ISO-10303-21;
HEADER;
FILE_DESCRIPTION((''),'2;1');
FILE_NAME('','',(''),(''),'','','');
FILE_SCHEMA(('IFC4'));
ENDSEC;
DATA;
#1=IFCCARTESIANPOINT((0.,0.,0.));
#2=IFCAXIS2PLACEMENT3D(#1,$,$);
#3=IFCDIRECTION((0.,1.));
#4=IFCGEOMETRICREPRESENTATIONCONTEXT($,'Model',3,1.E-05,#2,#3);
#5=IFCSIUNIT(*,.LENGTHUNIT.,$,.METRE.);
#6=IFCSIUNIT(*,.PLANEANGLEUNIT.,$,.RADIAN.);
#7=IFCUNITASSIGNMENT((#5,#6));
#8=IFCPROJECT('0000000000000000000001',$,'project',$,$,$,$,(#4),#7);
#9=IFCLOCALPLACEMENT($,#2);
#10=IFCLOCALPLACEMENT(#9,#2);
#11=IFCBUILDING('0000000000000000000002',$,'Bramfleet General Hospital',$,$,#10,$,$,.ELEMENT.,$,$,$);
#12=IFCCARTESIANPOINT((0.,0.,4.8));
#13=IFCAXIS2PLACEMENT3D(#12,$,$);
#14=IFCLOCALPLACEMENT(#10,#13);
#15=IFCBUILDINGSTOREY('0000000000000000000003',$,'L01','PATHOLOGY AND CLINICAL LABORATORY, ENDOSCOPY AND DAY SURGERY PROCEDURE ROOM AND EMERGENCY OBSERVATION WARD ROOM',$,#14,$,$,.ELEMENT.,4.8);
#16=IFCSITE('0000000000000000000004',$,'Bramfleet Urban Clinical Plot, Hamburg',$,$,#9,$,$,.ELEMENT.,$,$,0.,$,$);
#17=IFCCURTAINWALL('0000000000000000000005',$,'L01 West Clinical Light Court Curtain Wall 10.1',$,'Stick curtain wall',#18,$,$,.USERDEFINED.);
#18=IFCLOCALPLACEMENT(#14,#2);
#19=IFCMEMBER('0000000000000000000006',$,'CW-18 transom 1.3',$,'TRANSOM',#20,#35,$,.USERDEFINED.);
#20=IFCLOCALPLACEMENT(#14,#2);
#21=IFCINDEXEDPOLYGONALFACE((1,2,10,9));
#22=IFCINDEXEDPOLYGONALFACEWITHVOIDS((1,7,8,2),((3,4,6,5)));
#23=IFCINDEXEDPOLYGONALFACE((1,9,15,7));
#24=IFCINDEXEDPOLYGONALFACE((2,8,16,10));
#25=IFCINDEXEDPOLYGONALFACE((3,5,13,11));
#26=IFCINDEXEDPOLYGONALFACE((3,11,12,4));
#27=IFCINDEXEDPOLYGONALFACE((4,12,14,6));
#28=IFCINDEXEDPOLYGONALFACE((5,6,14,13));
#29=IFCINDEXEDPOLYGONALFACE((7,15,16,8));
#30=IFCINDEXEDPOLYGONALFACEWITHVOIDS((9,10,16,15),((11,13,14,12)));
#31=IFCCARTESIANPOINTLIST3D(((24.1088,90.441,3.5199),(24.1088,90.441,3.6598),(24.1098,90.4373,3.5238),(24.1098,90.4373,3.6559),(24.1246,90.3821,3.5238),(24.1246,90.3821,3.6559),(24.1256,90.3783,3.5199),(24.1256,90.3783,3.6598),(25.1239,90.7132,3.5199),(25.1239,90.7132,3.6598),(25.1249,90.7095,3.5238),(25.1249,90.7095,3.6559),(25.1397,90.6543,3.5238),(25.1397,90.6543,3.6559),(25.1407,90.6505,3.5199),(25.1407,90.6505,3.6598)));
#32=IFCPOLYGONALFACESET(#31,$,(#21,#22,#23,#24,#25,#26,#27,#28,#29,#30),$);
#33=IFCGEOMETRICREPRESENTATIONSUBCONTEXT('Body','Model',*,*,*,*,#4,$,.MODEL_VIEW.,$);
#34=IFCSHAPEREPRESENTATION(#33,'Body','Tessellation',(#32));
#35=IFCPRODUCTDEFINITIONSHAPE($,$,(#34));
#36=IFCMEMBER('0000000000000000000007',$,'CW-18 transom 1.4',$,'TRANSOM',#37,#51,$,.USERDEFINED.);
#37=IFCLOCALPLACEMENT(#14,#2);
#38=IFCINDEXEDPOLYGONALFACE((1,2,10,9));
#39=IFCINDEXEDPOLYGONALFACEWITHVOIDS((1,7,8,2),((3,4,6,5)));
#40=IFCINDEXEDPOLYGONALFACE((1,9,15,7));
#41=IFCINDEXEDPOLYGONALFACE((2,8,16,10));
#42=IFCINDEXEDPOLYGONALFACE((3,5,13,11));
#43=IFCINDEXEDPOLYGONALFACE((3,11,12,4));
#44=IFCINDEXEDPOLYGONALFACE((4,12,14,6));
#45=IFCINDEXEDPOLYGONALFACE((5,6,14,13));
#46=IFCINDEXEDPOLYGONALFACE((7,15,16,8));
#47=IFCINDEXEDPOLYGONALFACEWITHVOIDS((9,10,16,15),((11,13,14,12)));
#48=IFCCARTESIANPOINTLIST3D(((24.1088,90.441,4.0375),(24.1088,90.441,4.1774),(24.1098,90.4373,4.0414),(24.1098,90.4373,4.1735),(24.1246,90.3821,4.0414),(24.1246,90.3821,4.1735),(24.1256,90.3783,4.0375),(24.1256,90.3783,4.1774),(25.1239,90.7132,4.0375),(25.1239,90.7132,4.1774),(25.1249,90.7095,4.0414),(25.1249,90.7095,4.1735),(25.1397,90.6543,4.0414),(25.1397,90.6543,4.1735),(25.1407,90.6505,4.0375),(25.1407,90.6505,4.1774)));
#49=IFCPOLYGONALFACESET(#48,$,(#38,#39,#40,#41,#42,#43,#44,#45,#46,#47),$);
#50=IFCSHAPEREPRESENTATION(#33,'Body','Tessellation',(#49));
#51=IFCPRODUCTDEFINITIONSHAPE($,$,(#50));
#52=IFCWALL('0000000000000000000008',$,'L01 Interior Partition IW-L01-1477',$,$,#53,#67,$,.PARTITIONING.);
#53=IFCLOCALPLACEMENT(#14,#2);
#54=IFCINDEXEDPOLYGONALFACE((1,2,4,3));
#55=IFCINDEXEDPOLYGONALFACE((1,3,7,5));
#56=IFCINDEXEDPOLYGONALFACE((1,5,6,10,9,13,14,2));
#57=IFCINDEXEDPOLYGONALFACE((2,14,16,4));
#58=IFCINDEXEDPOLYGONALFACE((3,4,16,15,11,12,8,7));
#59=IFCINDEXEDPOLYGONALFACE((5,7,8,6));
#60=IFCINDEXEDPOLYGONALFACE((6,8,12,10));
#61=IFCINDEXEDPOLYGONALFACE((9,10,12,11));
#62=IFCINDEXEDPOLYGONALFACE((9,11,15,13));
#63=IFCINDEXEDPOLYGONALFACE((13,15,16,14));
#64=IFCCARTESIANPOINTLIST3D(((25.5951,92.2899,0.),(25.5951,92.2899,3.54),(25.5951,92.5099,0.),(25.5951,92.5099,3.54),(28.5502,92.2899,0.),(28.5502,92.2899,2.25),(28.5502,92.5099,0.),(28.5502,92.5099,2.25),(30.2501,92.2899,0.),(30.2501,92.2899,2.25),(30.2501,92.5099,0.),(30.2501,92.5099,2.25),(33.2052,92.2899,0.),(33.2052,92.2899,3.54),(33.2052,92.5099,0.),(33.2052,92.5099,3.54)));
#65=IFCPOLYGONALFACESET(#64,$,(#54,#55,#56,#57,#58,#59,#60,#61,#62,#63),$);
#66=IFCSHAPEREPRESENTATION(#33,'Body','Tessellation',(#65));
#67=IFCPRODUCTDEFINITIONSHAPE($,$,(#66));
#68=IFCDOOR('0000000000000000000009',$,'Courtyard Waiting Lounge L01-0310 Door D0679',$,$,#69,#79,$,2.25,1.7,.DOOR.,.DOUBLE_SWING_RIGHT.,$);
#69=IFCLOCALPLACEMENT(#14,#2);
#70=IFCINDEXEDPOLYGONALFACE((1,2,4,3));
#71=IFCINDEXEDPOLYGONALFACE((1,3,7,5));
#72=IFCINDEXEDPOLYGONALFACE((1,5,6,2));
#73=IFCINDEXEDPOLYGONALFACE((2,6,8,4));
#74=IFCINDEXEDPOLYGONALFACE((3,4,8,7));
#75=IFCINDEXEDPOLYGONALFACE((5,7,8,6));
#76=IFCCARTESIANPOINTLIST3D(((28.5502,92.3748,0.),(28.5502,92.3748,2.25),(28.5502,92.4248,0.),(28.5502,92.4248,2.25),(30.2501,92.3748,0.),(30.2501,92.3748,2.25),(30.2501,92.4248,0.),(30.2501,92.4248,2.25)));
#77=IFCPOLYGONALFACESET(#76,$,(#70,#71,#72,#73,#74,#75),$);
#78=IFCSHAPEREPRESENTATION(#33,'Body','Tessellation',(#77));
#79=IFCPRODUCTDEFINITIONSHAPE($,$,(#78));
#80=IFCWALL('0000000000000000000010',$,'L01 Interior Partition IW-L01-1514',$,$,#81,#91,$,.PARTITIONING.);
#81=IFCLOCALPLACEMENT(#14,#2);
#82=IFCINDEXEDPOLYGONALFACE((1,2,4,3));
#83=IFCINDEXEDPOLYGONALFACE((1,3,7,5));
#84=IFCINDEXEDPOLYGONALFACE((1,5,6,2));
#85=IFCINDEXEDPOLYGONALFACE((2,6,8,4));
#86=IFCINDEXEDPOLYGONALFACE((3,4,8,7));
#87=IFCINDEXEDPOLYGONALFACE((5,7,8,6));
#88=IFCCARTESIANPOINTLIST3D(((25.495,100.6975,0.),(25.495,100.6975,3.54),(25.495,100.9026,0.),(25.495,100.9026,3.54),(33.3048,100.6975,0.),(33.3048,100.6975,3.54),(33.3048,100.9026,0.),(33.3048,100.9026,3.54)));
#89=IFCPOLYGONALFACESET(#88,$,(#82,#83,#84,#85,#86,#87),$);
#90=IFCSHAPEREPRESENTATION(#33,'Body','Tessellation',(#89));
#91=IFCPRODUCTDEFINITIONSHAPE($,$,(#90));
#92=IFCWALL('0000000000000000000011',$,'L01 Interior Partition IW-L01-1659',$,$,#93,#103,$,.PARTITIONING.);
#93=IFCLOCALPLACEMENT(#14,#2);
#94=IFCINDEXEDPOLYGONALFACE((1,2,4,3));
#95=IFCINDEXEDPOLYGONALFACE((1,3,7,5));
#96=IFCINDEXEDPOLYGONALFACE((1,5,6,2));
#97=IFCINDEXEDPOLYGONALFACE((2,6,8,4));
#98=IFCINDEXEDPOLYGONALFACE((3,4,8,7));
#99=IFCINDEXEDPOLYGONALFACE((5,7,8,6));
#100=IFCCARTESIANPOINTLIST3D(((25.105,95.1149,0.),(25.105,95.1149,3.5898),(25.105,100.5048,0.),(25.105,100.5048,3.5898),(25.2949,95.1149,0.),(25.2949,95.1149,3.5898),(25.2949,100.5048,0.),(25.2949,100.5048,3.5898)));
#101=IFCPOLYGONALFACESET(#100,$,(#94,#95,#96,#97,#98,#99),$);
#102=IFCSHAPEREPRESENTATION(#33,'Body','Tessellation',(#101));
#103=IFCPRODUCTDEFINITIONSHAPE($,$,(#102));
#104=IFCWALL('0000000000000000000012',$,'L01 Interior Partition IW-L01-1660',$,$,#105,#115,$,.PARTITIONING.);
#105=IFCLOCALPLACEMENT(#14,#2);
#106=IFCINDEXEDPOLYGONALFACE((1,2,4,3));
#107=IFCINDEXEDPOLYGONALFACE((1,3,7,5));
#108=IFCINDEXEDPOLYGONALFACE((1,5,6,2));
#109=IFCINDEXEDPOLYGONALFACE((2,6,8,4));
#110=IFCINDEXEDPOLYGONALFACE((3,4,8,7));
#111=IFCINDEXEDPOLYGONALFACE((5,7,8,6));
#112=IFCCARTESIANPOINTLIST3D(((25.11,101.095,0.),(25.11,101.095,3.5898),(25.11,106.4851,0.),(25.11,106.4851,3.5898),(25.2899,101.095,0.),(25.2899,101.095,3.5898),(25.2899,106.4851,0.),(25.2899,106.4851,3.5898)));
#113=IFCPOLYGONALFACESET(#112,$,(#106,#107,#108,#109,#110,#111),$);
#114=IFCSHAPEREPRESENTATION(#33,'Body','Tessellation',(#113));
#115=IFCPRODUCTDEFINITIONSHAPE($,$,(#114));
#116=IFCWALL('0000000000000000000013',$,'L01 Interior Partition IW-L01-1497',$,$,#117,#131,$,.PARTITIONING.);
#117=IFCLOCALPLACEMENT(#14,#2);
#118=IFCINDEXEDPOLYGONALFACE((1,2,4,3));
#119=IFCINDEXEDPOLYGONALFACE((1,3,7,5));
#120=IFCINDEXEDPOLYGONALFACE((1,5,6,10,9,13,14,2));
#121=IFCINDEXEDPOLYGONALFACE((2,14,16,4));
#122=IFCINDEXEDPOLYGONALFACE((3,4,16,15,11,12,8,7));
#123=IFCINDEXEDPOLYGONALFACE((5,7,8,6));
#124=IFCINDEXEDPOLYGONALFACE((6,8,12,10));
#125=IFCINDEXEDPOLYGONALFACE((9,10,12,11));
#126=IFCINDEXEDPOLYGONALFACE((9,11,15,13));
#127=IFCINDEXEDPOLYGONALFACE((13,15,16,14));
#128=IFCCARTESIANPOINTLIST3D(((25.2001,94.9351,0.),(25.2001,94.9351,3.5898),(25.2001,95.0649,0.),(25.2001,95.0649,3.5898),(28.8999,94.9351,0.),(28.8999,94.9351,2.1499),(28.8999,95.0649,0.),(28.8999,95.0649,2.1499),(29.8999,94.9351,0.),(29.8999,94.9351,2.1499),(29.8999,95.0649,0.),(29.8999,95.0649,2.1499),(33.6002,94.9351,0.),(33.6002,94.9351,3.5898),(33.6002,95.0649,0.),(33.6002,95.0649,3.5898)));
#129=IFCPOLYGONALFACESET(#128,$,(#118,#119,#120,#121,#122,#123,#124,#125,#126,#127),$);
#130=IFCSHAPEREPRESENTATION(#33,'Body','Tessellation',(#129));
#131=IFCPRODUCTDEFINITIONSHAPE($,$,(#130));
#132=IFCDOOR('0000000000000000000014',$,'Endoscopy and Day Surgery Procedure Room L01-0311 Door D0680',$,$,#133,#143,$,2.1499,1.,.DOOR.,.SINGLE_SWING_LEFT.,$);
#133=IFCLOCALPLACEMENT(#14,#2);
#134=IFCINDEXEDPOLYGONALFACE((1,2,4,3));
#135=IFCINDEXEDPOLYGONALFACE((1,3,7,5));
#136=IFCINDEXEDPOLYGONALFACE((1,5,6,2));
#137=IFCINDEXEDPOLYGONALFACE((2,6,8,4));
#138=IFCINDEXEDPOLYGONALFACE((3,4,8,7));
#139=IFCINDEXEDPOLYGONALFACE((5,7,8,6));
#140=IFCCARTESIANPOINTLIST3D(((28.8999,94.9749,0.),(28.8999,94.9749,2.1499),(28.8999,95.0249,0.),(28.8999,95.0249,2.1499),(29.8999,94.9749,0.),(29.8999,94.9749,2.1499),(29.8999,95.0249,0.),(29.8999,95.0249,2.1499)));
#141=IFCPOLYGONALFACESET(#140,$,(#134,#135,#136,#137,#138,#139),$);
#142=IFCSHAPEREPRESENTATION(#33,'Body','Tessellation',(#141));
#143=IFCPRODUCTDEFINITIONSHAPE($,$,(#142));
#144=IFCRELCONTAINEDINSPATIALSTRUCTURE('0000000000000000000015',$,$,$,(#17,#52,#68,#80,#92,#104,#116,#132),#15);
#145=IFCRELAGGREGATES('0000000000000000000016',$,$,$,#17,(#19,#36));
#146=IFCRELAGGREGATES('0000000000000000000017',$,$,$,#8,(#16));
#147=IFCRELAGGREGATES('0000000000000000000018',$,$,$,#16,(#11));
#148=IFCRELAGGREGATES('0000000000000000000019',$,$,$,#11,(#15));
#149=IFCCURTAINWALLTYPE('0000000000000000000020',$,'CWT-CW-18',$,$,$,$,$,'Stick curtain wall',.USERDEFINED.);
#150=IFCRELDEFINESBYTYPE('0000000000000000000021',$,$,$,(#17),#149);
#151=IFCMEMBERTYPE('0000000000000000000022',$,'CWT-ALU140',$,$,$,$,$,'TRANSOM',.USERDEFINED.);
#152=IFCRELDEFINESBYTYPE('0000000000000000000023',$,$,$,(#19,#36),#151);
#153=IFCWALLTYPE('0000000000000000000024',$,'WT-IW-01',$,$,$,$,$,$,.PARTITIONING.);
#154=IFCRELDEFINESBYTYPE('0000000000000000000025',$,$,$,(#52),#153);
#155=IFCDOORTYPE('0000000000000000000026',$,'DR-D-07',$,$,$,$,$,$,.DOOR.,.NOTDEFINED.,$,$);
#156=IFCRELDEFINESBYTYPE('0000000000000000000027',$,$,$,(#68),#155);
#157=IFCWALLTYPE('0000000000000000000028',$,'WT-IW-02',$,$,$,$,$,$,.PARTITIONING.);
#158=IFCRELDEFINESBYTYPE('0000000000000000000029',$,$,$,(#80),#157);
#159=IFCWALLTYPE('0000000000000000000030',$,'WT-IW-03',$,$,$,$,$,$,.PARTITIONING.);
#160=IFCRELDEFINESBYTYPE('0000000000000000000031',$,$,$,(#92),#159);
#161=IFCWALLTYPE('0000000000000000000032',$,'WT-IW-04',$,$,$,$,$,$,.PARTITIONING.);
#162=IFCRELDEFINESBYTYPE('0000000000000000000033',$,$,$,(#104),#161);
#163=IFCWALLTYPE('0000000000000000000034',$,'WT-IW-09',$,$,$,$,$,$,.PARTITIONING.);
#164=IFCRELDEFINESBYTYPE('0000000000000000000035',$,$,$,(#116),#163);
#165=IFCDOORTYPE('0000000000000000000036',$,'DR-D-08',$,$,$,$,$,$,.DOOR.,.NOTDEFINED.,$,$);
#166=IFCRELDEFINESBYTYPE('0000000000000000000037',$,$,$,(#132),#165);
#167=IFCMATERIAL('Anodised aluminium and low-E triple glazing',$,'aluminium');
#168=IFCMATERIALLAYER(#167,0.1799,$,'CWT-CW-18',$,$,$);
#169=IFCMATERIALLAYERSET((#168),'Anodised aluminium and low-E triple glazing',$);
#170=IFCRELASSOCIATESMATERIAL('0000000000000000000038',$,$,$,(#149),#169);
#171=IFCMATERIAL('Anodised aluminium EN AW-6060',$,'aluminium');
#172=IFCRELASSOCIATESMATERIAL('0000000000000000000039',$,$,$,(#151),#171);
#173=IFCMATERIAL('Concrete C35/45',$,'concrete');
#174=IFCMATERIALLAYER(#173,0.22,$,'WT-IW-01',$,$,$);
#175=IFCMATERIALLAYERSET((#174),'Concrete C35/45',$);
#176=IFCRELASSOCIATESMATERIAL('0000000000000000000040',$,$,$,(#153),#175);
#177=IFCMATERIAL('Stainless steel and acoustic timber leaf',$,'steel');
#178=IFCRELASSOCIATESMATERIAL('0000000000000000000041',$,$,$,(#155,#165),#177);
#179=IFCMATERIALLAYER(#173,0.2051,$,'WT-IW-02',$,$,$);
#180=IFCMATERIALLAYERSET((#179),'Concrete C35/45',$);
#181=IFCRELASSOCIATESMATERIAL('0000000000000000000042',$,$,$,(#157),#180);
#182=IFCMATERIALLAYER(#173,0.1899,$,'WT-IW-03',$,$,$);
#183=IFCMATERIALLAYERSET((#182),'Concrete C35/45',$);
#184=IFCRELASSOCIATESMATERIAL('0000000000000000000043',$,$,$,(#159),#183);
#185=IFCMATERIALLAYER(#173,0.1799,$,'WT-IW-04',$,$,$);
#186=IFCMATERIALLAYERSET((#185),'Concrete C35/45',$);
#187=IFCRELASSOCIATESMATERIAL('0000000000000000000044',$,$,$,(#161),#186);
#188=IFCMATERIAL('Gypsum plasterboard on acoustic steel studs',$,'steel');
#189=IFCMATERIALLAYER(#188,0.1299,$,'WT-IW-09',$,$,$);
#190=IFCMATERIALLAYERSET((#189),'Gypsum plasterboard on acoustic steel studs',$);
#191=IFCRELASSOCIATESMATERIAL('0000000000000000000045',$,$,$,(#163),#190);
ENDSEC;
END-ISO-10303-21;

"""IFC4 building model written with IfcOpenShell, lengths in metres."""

from ifc_helpers import new_model, si_unit, direction, frame, frame_2d, origin, origin_2d, place, context, subcontext, project, spatial, rectangle, hollow_rectangle, extrude, material, layer, layer_set, material_profile, profile_set, type_object, element, fill, aggregate, save


model = new_model("IFC4")

# Units and contexts
model_context = context("Model", 3, precision=1e-05, world=origin(), true_north=direction((0.0, 1.0)))
body_context = subcontext(model_context, "Body", "Model", "MODEL_VIEW")
ifc_project = project(units=[si_unit("LENGTHUNIT", "METRE"), si_unit("PLANEANGLEUNIT", "RADIAN")], contexts=[model_context])

# Site, building, storey
site_placement = place(None, origin())
site = spatial("IfcSite", under=ifc_project, at=site_placement, Name="Bramfleet Urban Clinical Plot, Hamburg", CompositionType="ELEMENT", RefElevation=0.0)
building_placement = place(site_placement, origin())
building = spatial("IfcBuilding", under=site, at=building_placement, Name="Bramfleet General Hospital", CompositionType="ELEMENT")
storey_placement = place(building_placement, frame((0.0, 0.0, 4.8)))
storey = spatial("IfcBuildingStorey", under=building, at=storey_placement, Name="L01", Description="PATHOLOGY AND CLINICAL LABORATORY, ENDOSCOPY AND DAY SURGERY PROCEDURE ROOM AND EMERGENCY OBSERVATION WARD ROOM", CompositionType="ELEMENT", Elevation=4.8)

# Shared definitions
ifc_material_1 = material(Name="Concrete C35/45", Category="concrete")

# Shared definitions
ifc_material_2 = material(Name="Anodised aluminium and low-E triple glazing", Category="aluminium")
ifc_material_3 = material(Name="Anodised aluminium EN AW-6060", Category="aluminium")

# Curtain wall, members
ifc_layer_1 = layer(ifc_material_2, 0.1799, Name="CWT-CW-18")
ifc_layer_set_1 = layer_set([ifc_layer_1], Name="Anodised aluminium and low-E triple glazing")
curtain_wall_type_1 = type_object("IfcCurtainWallType", Name="CWT-CW-18", ElementType="Stick curtain wall", PredefinedType="USERDEFINED", material=ifc_layer_set_1)
curtain_wall_1_placement = place(storey_placement, origin())
curtain_wall_1 = element("IfcCurtainWall", 1, at=curtain_wall_1_placement, inside=storey, type_object=curtain_wall_type_1, Name="L01 West Clinical Light Court Curtain Wall 10.1", ObjectType="Stick curtain wall", PredefinedType="USERDEFINED")
ifc_material_profile_1 = material_profile(ifc_material_3, hollow_rectangle(XDim=0.0649, YDim=0.1399, WallThickness=0.0039, at=origin_2d()), Name="ALU 140x65x4.0")
ifc_profile_set_1 = profile_set([ifc_material_profile_1], Name="Anodised aluminium EN AW-6060")
member_type_1 = type_object("IfcMemberType", Name="CWT-ALU140", ElementType="TRANSOM", PredefinedType="USERDEFINED", material=ifc_profile_set_1)
member_1_placement = place(storey_placement, frame((25.1323, 90.6819, 3.5898), z_axis=(-0.965875, -0.259007, 0.0), x_axis=(0.259007, -0.965875, 0.0)))
member_1 = element("IfcMember", 2, at=member_1_placement, type_object=member_type_1, Name="CW-18 transom 1.3", ObjectType="TRANSOM", PredefinedType="USERDEFINED", context=body_context, shape_type="SweptSolid", body=[
    extrude(hollow_rectangle(XDim=0.0649, YDim=0.1399, WallThickness=0.0039, at=origin_2d()), origin(), (0.0, 0.0, 1.0), 1.051),
])
member_2_placement = place(storey_placement, frame((25.1323, 90.6819, 4.1074), z_axis=(-0.965875, -0.259007, 0.0), x_axis=(0.259007, -0.965875, 0.0)))
member_2 = element("IfcMember", 3, at=member_2_placement, type_object=member_type_1, Name="CW-18 transom 1.4", ObjectType="TRANSOM", PredefinedType="USERDEFINED", context=body_context, shape_type="SweptSolid", body=[
    extrude(hollow_rectangle(XDim=0.0649, YDim=0.1399, WallThickness=0.0039, at=origin_2d()), origin(), (0.0, 0.0, 1.0), 1.051),
])
aggregate(curtain_wall_1, [member_1, member_2])

# Wall, opening, door
ifc_layer_2 = layer(ifc_material_1, 0.22, Name="WT-IW-01")
ifc_layer_set_2 = layer_set([ifc_layer_2], Name="Concrete C35/45")
wall_type_1 = type_object("IfcWallType", Name="WT-IW-01", PredefinedType="PARTITIONING", material=ifc_layer_set_2)
wall_1_placement = place(storey_placement, frame((25.595, 92.3999, 0.0), z_axis=(0.0, 0.0, 1.0), x_axis=(1.0, 0.0, 0.0)))
wall_1 = element("IfcWall", 4, at=wall_1_placement, inside=storey, type_object=wall_type_1, Name="L01 Interior Partition IW-L01-1477", PredefinedType="PARTITIONING", context=body_context, shape_type="SweptSolid", body=[
    extrude(rectangle(XDim=7.6101, YDim=0.22, at=frame_2d((3.8052, 0.0))), origin(), (0.0, 0.0, 1.0), 3.54),
])
opening_1_placement = place(wall_1_placement, frame((2.9551, 0.0, 0.0)))
opening_1 = element("IfcOpeningElement", 5, at=opening_1_placement, cuts=wall_1, PredefinedType="OPENING", context=body_context, shape_type="SweptSolid", body=[
    extrude(rectangle(XDim=1.7, YDim=2.25, at=frame_2d((0.8501, 1.125))), frame((0.0, 0.1199, 0.0), z_axis=(0.0, -1.0, 0.0), x_axis=(1.0, 0.0, 0.0)), (0.0, 0.0, 1.0), 0.24),
])
ifc_material_4 = material(Name="Stainless steel and acoustic timber leaf", Category="steel")
door_type_1 = type_object("IfcDoorType", Name="DR-D-07", OperationType="NOTDEFINED", PredefinedType="DOOR", material=ifc_material_4)
door_1_placement = place(opening_1_placement, origin())
door_1 = element("IfcDoor", 6, at=door_1_placement, inside=storey, type_object=door_type_1, Name="Courtyard Waiting Lounge L01-0310 Door D0679", OperationType="DOUBLE_SWING_RIGHT", OverallHeight=2.25, OverallWidth=1.7, PredefinedType="DOOR", context=body_context, shape_type="SweptSolid", body=[
    extrude(rectangle(XDim=1.7, YDim=2.25, at=frame_2d((0.8501, 1.125))), frame((0.0, 0.0249, 0.0), z_axis=(0.0, -1.0, 0.0), x_axis=(1.0, 0.0, 0.0)), (0.0, 0.0, 1.0), 0.05),
])
fill(opening_1, door_1)

# Walls
ifc_layer_3 = layer(ifc_material_1, 0.2051, Name="WT-IW-02")
ifc_layer_set_3 = layer_set([ifc_layer_3], Name="Concrete C35/45")
wall_type_2 = type_object("IfcWallType", Name="WT-IW-02", PredefinedType="PARTITIONING", material=ifc_layer_set_3)
wall_2_placement = place(storey_placement, frame((25.4951, 100.8, 0.0), z_axis=(0.0, 0.0, 1.0), x_axis=(1.0, 0.0, 0.0)))
element("IfcWall", 7, at=wall_2_placement, inside=storey, type_object=wall_type_2, Name="L01 Interior Partition IW-L01-1514", PredefinedType="PARTITIONING", context=body_context, shape_type="SweptSolid", body=[
    extrude(rectangle(XDim=7.8098, YDim=0.2051, at=frame_2d((3.9048, 0.0))), origin(), (0.0, 0.0, 1.0), 3.54),
])
ifc_layer_4 = layer(ifc_material_1, 0.1899, Name="WT-IW-03")
ifc_layer_set_4 = layer_set([ifc_layer_4], Name="Concrete C35/45")
wall_type_3 = type_object("IfcWallType", Name="WT-IW-03", PredefinedType="PARTITIONING", material=ifc_layer_set_4)
wall_3_placement = place(storey_placement, frame((25.2, 95.115, 0.0), z_axis=(0.0, 0.0, 1.0), x_axis=(0.0, 1.0, 0.0)))
element("IfcWall", 8, at=wall_3_placement, inside=storey, type_object=wall_type_3, Name="L01 Interior Partition IW-L01-1659", PredefinedType="PARTITIONING", context=body_context, shape_type="SweptSolid", body=[
    extrude(rectangle(XDim=5.3899, YDim=0.1899, at=frame_2d((2.6948, 0.0))), origin(), (0.0, 0.0, 1.0), 3.5898),
])
ifc_layer_5 = layer(ifc_material_1, 0.1799, Name="WT-IW-04")
ifc_layer_set_5 = layer_set([ifc_layer_5], Name="Concrete C35/45")
wall_type_4 = type_object("IfcWallType", Name="WT-IW-04", PredefinedType="PARTITIONING", material=ifc_layer_set_5)
wall_4_placement = place(storey_placement, frame((25.2, 101.095, 0.0), z_axis=(0.0, 0.0, 1.0), x_axis=(0.0, 1.0, 0.0)))
element("IfcWall", 9, at=wall_4_placement, inside=storey, type_object=wall_type_4, Name="L01 Interior Partition IW-L01-1660", PredefinedType="PARTITIONING", context=body_context, shape_type="SweptSolid", body=[
    extrude(rectangle(XDim=5.3901, YDim=0.1799, at=frame_2d((2.6951, 0.0))), origin(), (0.0, 0.0, 1.0), 3.5898),
])

# Wall, opening, door
ifc_material_5 = material(Name="Gypsum plasterboard on acoustic steel studs", Category="steel")
ifc_layer_6 = layer(ifc_material_5, 0.1299, Name="WT-IW-09")
ifc_layer_set_6 = layer_set([ifc_layer_6], Name="Gypsum plasterboard on acoustic steel studs")
wall_type_5 = type_object("IfcWallType", Name="WT-IW-09", PredefinedType="PARTITIONING", material=ifc_layer_set_6)
wall_5_placement = place(storey_placement, frame((25.2, 95.0, 0.0), z_axis=(0.0, 0.0, 1.0), x_axis=(1.0, 0.0, 0.0)))
wall_5 = element("IfcWall", 10, at=wall_5_placement, inside=storey, type_object=wall_type_5, Name="L01 Interior Partition IW-L01-1497", PredefinedType="PARTITIONING", context=body_context, shape_type="SweptSolid", body=[
    extrude(rectangle(XDim=8.4001, YDim=0.1299, at=frame_2d((4.2002, 0.0))), origin(), (0.0, 0.0, 1.0), 3.5898),
])
opening_2_placement = place(wall_5_placement, frame((3.7, 0.0, 0.0)))
opening_2 = element("IfcOpeningElement", 11, at=opening_2_placement, cuts=wall_5, PredefinedType="OPENING", context=body_context, shape_type="SweptSolid", body=[
    extrude(rectangle(XDim=1.0, YDim=2.1499, at=frame_2d((0.5, 1.075))), frame((0.0, 0.075, 0.0), z_axis=(0.0, -1.0, 0.0), x_axis=(1.0, 0.0, 0.0)), (0.0, 0.0, 1.0), 0.1499),
])
door_type_2 = type_object("IfcDoorType", Name="DR-D-08", OperationType="NOTDEFINED", PredefinedType="DOOR", material=ifc_material_4)
door_2_placement = place(opening_2_placement, origin())
door_2 = element("IfcDoor", 12, at=door_2_placement, inside=storey, type_object=door_type_2, Name="Endoscopy and Day Surgery Procedure Room L01-0311 Door D0680", OperationType="SINGLE_SWING_LEFT", OverallHeight=2.1499, OverallWidth=1.0, PredefinedType="DOOR", context=body_context, shape_type="SweptSolid", body=[
    extrude(rectangle(XDim=1.0, YDim=2.1499, at=frame_2d((0.5, 1.075))), frame((0.0, 0.0249, 0.0), z_axis=(0.0, -1.0, 0.0), x_axis=(1.0, 0.0, 0.0)), (0.0, 0.0, 1.0), 0.05),
])
fill(opening_2, door_2)

save(model, "model.ifc")
